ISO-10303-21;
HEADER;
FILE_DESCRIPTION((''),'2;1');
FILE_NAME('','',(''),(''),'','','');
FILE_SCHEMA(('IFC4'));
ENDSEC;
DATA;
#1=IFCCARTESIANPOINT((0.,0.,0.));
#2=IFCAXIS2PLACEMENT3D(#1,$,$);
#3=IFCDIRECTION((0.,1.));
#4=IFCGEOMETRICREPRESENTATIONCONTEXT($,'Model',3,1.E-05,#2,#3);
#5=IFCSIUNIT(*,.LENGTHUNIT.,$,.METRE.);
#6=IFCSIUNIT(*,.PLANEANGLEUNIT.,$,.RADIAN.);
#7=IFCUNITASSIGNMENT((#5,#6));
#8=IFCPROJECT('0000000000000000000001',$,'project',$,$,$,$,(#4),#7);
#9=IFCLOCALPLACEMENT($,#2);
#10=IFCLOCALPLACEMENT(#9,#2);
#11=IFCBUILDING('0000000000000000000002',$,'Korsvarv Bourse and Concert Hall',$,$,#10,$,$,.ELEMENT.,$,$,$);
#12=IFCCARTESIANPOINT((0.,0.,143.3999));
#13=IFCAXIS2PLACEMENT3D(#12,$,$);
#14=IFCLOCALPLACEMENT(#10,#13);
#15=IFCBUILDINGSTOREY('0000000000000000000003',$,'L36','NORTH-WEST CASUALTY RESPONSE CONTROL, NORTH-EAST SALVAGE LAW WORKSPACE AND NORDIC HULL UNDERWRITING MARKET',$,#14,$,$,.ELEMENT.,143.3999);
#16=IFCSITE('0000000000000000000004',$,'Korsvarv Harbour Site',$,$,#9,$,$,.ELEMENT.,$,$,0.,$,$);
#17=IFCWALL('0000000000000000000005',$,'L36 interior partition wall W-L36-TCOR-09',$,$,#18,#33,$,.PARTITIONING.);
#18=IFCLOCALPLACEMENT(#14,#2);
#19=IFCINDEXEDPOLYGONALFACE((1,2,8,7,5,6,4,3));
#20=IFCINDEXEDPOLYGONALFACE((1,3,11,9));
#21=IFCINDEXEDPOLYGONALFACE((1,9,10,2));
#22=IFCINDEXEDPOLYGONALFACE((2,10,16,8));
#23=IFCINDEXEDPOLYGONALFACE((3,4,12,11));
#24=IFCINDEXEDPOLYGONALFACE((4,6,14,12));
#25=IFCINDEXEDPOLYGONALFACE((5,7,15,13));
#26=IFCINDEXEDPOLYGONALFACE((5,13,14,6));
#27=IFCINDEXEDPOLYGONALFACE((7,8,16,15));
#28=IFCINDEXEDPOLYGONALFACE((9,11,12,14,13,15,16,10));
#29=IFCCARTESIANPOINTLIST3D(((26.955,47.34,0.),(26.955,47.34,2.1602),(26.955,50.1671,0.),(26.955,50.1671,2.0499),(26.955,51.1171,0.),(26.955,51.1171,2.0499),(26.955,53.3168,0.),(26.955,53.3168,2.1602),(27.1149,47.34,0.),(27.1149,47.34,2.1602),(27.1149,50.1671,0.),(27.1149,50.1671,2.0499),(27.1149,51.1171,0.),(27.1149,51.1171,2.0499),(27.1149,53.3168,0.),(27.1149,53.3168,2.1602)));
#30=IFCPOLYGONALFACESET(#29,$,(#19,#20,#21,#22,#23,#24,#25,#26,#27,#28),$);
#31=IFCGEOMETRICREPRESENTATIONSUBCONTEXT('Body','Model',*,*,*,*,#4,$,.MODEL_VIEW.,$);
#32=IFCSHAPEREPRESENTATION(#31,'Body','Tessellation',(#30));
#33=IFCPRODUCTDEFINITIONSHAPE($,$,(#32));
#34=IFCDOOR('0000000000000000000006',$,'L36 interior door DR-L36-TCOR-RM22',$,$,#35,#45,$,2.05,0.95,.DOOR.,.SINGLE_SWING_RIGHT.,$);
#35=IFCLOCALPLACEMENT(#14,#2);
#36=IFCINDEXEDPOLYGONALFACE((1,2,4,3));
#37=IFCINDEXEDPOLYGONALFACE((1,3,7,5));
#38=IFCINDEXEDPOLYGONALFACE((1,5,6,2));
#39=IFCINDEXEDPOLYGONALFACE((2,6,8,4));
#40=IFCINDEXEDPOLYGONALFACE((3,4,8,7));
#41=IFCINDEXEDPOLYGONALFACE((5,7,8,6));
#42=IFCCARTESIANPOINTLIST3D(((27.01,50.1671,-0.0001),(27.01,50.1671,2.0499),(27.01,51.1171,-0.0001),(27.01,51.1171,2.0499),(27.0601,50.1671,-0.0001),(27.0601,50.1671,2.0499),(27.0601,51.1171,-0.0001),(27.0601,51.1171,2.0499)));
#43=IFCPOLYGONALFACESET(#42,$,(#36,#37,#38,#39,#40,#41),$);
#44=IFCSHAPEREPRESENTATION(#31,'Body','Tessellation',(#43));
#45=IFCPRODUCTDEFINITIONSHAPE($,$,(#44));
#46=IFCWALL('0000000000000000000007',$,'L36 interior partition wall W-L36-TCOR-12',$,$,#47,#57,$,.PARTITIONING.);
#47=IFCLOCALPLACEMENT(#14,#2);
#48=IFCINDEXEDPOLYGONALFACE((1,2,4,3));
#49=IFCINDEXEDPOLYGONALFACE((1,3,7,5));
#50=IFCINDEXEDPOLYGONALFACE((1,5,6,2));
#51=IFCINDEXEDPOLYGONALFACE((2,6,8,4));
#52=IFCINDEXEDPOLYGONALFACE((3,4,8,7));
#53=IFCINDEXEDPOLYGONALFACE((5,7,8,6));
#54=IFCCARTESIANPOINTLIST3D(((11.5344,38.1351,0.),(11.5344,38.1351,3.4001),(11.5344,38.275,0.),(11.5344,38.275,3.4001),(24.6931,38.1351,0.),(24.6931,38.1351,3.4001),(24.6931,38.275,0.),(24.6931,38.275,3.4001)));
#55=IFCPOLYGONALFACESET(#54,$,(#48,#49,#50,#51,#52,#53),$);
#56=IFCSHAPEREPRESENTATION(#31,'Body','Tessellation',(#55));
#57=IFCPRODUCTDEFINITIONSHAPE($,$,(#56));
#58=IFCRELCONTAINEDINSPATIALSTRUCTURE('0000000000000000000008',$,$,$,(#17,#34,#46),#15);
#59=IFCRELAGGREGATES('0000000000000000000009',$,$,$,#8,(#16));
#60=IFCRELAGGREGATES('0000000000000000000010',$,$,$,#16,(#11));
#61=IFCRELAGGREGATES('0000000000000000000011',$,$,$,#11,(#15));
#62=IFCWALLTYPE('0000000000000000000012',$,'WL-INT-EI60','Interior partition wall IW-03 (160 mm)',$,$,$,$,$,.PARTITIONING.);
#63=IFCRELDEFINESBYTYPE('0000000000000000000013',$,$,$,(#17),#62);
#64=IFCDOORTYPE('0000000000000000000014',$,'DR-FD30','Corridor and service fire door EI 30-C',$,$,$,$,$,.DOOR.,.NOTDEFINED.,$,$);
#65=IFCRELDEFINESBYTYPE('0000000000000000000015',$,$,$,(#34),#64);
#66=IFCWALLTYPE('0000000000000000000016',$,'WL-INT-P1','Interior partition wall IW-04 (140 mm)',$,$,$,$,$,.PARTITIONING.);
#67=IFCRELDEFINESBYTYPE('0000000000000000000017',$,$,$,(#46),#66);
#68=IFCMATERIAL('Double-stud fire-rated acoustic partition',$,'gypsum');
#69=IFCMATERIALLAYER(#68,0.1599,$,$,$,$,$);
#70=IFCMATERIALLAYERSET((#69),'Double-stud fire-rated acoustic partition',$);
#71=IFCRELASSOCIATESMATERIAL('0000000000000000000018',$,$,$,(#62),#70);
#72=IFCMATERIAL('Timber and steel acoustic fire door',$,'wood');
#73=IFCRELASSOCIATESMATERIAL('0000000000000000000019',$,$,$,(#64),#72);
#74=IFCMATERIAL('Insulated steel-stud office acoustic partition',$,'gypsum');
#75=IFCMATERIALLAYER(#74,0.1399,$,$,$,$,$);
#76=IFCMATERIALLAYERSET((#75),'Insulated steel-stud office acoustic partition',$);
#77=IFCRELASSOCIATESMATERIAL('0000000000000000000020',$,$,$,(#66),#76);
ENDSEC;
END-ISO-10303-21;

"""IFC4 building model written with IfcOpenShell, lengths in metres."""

from ifc_helpers import new_model, si_unit, direction, frame, frame_2d, origin, place, context, subcontext, project, spatial, rectangle, extrude, material, layer, layer_set, type_object, element, fill, save


model = new_model("IFC4")

# Units and contexts
model_context = context("Model", 3, precision=1e-05, world=origin(), true_north=direction((0.0, 1.0)))
body_context = subcontext(model_context, "Body", "Model", "MODEL_VIEW")
ifc_project = project(units=[si_unit("LENGTHUNIT", "METRE"), si_unit("PLANEANGLEUNIT", "RADIAN")], contexts=[model_context])

# Site, building, storey
site_placement = place(None, origin())
site = spatial("IfcSite", under=ifc_project, at=site_placement, Name="Korsvarv Harbour Site", CompositionType="ELEMENT", RefElevation=0.0)
building_placement = place(site_placement, origin())
building = spatial("IfcBuilding", under=site, at=building_placement, Name="Korsvarv Bourse and Concert Hall", CompositionType="ELEMENT")
storey_placement = place(building_placement, frame((0.0, 0.0, 143.3999)))
storey = spatial("IfcBuildingStorey", under=building, at=storey_placement, Name="L36", Description="NORTH-WEST CASUALTY RESPONSE CONTROL, NORTH-EAST SALVAGE LAW WORKSPACE AND NORDIC HULL UNDERWRITING MARKET", CompositionType="ELEMENT", Elevation=143.3999)

# Wall, opening, door
ifc_material_1 = material(Name="Double-stud fire-rated acoustic partition", Category="gypsum")
ifc_layer_1 = layer(ifc_material_1, 0.1599)
ifc_layer_set_1 = layer_set([ifc_layer_1], Name="Double-stud fire-rated acoustic partition")
wall_type_1 = type_object("IfcWallType", Name="WL-INT-EI60", Description="Interior partition wall IW-03 (160 mm)", PredefinedType="PARTITIONING", material=ifc_layer_set_1)
wall_1_placement = place(storey_placement, frame((27.0349, 47.3401, 0.0), z_axis=(0.0, 0.0, 1.0), x_axis=(0.0, 1.0, 0.0)))
wall_1 = element("IfcWall", 1, at=wall_1_placement, inside=storey, type_object=wall_type_1, Name="L36 interior partition wall W-L36-TCOR-09", PredefinedType="PARTITIONING", context=body_context, shape_type="SweptSolid", body=[
    extrude(rectangle(XDim=5.9768, YDim=0.1599, at=frame_2d((2.9883, 0.0))), origin(), (0.0, 0.0, 1.0), 2.1602),
])
opening_1_placement = place(wall_1_placement, frame((2.8269, 0.0, 0.0)))
opening_1 = element("IfcOpeningElement", 2, at=opening_1_placement, cuts=wall_1, PredefinedType="OPENING", context=body_context, shape_type="SweptSolid", body=[
    extrude(rectangle(XDim=0.95, YDim=2.05, at=frame_2d((0.4751, 1.0249))), frame((0.0, 0.0898, 0.0), z_axis=(0.0, -1.0, 0.0), x_axis=(1.0, 0.0, 0.0)), (0.0, 0.0, 1.0), 0.1799),
])
ifc_material_2 = material(Name="Timber and steel acoustic fire door", Category="wood")
door_type_1 = type_object("IfcDoorType", Name="DR-FD30", Description="Corridor and service fire door EI 30-C", OperationType="NOTDEFINED", PredefinedType="DOOR", material=ifc_material_2)
door_1_placement = place(opening_1_placement, origin())
door_1 = element("IfcDoor", 3, at=door_1_placement, inside=storey, type_object=door_type_1, Name="L36 interior door DR-L36-TCOR-RM22", OperationType="SINGLE_SWING_RIGHT", OverallHeight=2.05, OverallWidth=0.95, PredefinedType="DOOR", context=body_context, shape_type="SweptSolid", body=[
    extrude(rectangle(XDim=0.95, YDim=2.05, at=frame_2d((0.4751, 1.0249))), frame((0.0, 0.0249, 0.0), z_axis=(0.0, -1.0, 0.0), x_axis=(1.0, 0.0, 0.0)), (0.0, 0.0, 1.0), 0.05),
])
fill(opening_1, door_1)

# Wall
ifc_material_3 = material(Name="Insulated steel-stud office acoustic partition", Category="gypsum")
ifc_layer_2 = layer(ifc_material_3, 0.1399)
ifc_layer_set_2 = layer_set([ifc_layer_2], Name="Insulated steel-stud office acoustic partition")
wall_type_2 = type_object("IfcWallType", Name="WL-INT-P1", Description="Interior partition wall IW-04 (140 mm)", PredefinedType="PARTITIONING", material=ifc_layer_set_2)
wall_2_placement = place(storey_placement, frame((11.5344, 38.2051, 0.0), z_axis=(0.0, 0.0, 1.0), x_axis=(1.0, 0.0, 0.0)))
element("IfcWall", 4, at=wall_2_placement, inside=storey, type_object=wall_type_2, Name="L36 interior partition wall W-L36-TCOR-12", PredefinedType="PARTITIONING", context=body_context, shape_type="SweptSolid", body=[
    extrude(rectangle(XDim=13.1587, YDim=0.1399, at=frame_2d((6.5793, 0.0))), origin(), (0.0, 0.0, 1.0), 3.4001),
])

save(model, "model.ifc")
